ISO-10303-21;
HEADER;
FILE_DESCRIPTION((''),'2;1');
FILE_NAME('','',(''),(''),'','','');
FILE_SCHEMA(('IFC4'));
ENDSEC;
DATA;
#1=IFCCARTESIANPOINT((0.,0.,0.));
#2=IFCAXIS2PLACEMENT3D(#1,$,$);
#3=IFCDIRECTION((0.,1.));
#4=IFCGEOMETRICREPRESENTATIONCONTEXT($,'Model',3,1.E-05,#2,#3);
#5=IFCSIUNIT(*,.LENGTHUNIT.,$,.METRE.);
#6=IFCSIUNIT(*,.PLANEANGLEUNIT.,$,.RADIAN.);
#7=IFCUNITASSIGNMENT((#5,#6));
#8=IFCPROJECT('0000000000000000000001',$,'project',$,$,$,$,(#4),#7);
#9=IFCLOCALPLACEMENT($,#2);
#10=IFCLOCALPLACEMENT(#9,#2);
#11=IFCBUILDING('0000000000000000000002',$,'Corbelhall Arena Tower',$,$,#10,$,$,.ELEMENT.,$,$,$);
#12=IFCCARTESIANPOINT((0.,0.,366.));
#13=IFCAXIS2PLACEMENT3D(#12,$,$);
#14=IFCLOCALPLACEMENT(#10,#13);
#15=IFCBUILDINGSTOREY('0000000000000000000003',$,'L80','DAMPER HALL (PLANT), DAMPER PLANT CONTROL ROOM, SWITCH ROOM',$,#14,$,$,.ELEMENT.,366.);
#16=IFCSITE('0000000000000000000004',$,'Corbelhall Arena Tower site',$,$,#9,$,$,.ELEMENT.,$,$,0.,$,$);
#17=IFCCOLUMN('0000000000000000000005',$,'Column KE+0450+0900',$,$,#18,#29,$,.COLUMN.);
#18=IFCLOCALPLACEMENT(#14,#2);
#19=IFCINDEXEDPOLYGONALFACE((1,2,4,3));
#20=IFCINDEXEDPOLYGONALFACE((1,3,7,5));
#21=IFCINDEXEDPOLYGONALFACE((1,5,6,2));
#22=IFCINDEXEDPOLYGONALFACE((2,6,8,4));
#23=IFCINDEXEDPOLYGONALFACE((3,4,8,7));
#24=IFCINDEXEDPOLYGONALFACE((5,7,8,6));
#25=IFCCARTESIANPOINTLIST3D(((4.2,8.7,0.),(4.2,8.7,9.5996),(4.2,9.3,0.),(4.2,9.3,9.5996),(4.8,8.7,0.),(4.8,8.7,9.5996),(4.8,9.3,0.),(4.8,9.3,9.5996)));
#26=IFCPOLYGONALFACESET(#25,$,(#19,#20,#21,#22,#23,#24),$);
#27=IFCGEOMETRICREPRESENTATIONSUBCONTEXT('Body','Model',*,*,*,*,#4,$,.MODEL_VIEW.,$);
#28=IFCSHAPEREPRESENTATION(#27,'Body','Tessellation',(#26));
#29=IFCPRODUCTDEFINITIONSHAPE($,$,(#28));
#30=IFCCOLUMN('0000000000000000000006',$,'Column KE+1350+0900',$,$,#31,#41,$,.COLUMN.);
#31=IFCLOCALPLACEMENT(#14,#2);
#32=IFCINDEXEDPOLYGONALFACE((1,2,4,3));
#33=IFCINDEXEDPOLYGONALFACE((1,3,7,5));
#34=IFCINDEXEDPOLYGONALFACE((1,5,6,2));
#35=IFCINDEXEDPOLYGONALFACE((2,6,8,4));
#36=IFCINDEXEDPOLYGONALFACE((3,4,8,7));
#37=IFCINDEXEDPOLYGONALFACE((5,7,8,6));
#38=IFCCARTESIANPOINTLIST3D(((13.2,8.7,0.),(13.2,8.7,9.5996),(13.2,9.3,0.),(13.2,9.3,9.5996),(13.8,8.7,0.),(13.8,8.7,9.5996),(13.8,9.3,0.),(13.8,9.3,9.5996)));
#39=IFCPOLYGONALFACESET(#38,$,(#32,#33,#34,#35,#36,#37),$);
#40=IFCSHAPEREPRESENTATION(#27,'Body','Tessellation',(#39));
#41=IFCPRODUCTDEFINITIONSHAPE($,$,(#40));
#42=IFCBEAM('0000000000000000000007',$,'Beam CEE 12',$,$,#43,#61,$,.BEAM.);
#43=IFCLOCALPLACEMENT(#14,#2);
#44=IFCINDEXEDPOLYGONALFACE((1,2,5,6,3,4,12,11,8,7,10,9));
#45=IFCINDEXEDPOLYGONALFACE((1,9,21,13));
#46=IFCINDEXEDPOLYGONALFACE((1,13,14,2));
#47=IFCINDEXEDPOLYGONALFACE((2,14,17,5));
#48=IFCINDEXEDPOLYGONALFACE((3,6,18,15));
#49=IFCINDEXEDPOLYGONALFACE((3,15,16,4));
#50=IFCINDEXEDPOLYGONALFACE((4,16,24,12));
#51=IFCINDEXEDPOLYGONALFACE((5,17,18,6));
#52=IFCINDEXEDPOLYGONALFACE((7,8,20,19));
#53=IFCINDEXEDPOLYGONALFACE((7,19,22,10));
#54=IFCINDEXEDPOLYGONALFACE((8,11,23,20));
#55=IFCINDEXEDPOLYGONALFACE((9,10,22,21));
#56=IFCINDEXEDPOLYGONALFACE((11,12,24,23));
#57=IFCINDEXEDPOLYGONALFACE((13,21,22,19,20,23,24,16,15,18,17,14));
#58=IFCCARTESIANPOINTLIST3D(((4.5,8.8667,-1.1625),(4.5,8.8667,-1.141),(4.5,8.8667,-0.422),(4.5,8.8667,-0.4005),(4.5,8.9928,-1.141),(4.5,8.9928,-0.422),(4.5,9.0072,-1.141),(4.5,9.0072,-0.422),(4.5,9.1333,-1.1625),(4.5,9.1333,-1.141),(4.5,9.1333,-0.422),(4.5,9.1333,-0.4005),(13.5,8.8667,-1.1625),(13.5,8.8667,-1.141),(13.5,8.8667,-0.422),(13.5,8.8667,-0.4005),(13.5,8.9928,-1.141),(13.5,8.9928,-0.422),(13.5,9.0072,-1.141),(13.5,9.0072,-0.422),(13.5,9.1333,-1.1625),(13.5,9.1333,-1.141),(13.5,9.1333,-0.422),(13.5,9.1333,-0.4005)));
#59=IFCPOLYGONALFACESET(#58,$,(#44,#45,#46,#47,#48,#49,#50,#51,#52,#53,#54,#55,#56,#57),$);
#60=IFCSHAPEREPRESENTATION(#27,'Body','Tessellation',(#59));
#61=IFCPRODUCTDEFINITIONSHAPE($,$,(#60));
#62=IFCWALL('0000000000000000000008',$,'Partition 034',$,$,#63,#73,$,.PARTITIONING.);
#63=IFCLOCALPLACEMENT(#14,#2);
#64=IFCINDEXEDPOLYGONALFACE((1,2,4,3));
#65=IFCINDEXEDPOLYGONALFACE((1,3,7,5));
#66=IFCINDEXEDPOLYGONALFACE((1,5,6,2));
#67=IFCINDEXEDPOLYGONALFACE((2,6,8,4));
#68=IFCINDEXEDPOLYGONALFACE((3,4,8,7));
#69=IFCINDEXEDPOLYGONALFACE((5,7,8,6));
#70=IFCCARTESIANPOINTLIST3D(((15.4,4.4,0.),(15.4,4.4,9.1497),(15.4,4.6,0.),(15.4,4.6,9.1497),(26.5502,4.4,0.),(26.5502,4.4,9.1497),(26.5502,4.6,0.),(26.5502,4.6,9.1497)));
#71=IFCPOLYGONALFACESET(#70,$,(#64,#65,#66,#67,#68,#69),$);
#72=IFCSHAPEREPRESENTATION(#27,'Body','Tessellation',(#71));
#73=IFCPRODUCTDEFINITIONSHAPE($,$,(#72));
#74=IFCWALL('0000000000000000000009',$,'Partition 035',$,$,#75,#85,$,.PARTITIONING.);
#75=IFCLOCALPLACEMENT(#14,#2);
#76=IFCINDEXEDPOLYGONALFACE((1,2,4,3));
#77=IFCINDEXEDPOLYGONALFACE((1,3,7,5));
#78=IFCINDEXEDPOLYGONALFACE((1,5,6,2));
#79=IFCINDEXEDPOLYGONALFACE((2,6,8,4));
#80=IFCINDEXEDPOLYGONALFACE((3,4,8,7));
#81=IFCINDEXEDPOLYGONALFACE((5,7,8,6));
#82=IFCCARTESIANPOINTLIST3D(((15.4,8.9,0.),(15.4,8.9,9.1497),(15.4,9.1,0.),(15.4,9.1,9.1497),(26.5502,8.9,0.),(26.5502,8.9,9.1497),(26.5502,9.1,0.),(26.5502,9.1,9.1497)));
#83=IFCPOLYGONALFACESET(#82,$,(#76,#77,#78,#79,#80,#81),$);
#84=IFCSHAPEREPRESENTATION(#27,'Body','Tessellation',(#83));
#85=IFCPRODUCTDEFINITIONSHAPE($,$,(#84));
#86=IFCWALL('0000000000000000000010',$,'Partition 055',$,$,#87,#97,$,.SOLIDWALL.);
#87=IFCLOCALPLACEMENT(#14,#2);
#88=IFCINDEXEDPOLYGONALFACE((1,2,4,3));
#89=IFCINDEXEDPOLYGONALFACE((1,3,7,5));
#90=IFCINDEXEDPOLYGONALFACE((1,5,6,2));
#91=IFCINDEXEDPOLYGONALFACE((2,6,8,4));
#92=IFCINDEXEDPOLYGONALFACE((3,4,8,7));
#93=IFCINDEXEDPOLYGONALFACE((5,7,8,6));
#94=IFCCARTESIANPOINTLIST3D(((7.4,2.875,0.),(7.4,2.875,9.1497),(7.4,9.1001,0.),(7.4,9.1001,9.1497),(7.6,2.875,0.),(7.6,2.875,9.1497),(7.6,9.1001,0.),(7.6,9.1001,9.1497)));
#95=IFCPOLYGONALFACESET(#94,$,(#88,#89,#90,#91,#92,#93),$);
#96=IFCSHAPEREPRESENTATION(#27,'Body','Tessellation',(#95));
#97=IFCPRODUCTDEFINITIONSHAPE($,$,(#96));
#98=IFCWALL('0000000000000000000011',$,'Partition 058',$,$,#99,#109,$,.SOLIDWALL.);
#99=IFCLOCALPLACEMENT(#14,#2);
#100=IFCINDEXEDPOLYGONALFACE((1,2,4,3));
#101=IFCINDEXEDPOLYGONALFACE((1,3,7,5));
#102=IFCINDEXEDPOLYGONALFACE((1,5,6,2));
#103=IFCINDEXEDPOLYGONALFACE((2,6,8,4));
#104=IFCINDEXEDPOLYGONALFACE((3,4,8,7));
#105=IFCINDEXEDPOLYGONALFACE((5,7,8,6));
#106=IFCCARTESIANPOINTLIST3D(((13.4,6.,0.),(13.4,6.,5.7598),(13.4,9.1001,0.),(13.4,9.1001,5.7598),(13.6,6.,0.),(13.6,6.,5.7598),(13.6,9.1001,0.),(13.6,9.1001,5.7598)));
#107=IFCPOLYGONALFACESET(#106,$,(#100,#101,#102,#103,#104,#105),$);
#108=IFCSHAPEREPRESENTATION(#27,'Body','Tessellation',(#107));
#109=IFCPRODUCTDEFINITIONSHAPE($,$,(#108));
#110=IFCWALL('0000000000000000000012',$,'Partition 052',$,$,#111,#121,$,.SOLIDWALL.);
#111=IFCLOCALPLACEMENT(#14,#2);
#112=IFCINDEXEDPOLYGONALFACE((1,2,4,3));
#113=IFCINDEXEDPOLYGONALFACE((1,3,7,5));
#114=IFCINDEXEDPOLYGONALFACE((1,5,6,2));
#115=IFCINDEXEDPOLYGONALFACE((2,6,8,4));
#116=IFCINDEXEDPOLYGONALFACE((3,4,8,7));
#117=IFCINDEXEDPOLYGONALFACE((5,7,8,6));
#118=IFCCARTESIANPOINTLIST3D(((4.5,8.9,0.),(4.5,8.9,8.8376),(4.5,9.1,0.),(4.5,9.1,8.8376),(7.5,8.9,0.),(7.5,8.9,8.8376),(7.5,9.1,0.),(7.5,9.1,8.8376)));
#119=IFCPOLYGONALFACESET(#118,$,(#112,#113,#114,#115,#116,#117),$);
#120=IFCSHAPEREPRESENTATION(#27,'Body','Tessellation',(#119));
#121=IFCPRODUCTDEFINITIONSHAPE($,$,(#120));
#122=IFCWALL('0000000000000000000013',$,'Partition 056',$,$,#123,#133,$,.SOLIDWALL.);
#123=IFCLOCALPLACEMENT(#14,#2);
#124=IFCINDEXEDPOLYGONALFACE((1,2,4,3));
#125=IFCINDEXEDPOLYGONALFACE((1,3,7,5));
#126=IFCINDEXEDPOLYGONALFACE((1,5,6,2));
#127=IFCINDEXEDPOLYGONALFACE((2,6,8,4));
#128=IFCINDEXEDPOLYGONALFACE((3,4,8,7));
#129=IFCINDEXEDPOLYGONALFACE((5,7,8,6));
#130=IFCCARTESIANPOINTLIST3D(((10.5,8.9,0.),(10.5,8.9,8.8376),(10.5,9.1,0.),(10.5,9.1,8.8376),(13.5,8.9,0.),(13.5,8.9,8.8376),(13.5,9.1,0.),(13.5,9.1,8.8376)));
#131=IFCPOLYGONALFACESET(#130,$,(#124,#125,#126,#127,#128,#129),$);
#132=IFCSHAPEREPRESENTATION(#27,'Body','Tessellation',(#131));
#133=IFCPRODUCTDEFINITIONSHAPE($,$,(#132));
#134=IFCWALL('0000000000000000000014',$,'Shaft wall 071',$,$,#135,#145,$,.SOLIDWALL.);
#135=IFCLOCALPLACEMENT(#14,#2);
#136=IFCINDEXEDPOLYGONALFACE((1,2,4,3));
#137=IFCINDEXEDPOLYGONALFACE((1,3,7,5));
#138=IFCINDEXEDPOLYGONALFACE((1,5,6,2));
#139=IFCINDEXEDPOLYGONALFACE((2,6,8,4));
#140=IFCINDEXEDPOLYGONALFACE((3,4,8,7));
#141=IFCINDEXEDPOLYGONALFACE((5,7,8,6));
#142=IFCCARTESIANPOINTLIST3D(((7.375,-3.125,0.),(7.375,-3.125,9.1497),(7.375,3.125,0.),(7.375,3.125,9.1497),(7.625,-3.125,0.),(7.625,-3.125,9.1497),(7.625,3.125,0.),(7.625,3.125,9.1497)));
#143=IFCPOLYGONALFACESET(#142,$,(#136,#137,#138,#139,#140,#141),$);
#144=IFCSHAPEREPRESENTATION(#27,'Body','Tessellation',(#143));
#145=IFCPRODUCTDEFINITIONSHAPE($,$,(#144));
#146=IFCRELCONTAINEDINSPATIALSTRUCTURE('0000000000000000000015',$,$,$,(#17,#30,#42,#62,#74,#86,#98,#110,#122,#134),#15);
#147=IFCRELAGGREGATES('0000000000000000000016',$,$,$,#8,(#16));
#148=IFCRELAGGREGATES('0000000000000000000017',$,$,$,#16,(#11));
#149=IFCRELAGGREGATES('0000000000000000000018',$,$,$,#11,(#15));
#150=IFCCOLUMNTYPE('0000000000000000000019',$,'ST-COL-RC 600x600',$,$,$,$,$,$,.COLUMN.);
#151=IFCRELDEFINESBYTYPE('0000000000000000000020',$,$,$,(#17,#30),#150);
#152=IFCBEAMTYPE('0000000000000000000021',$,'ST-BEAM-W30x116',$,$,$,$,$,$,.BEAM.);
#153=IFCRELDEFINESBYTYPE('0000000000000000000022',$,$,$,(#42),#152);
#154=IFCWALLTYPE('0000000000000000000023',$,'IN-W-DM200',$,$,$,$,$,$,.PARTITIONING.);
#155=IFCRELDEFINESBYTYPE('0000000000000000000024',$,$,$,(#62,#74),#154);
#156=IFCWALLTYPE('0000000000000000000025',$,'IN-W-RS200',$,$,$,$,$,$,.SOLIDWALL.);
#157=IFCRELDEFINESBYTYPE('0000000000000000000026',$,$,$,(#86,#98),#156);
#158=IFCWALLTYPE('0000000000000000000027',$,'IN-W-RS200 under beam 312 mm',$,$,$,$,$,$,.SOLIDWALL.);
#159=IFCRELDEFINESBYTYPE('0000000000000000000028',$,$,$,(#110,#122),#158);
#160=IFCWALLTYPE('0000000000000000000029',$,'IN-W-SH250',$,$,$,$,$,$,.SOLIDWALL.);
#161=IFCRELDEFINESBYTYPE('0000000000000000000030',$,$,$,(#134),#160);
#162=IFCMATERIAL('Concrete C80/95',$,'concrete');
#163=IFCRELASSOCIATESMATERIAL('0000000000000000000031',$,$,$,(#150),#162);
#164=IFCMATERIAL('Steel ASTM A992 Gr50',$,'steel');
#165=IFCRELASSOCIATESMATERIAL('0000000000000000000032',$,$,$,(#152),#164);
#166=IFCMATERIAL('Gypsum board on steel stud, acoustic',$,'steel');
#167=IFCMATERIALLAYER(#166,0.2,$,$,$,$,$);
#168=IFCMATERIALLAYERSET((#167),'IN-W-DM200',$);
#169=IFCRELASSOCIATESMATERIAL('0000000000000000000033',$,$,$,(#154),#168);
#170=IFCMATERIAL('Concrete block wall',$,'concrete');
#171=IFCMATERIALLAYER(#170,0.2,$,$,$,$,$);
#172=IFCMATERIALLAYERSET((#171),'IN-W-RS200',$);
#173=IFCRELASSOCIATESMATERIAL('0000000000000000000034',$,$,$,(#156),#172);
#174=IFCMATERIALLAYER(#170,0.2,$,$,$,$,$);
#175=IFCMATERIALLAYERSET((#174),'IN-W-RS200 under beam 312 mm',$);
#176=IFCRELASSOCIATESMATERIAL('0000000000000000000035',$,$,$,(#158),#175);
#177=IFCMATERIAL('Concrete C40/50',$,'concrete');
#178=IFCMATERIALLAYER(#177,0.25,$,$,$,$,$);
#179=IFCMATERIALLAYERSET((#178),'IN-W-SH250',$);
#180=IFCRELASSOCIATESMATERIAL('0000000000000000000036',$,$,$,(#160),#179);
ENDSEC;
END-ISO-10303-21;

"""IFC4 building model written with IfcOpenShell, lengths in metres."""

from ifc_helpers import new_model, si_unit, direction, frame, frame_2d, origin, origin_2d, place, context, subcontext, project, spatial, rectangle, i_section, extrude, material, layer, layer_set, material_profile, profile_set, type_object, element, save


model = new_model("IFC4")

# Units and contexts
model_context = context("Model", 3, precision=1e-05, world=origin(), true_north=direction((0.0, 1.0)))
body_context = subcontext(model_context, "Body", "Model", "MODEL_VIEW")
ifc_project = project(units=[si_unit("LENGTHUNIT", "METRE"), si_unit("PLANEANGLEUNIT", "RADIAN")], contexts=[model_context])

# Site, building, storey
site_placement = place(None, origin())
site = spatial("IfcSite", under=ifc_project, at=site_placement, Name="Corbelhall Arena Tower site", CompositionType="ELEMENT", RefElevation=0.0)
building_placement = place(site_placement, origin())
building = spatial("IfcBuilding", under=site, at=building_placement, Name="Corbelhall Arena Tower", CompositionType="ELEMENT")
storey_placement = place(building_placement, frame((0.0, 0.0, 366.0)))
storey = spatial("IfcBuildingStorey", under=building, at=storey_placement, Name="L80", Description="DAMPER HALL (PLANT), DAMPER PLANT CONTROL ROOM, SWITCH ROOM", CompositionType="ELEMENT", Elevation=366.0)

# Columns
ifc_material_1 = material(Name="Concrete C80/95", Category="concrete")
ifc_material_profile_1 = material_profile(ifc_material_1, rectangle(XDim=0.6001, YDim=0.6001, at=origin_2d()))
ifc_profile_set_1 = profile_set([ifc_material_profile_1], Name="Concrete C80/95")
column_type = type_object("IfcColumnType", Name="ST-COL-RC 600x600", PredefinedType="COLUMN", material=ifc_profile_set_1)
for number, where, z_axis, x_axis, name in (
    (1, (4.5, 9.0, 0.0), (0.0, 0.0, 1.0), (1.0, 0.0, 0.0), "Column KE+0450+0900"),
    (2, (13.5, 9.0, 0.0), (0.0, 0.0, 1.0), (1.0, 0.0, 0.0), "Column KE+1350+0900"),
):
    element("IfcColumn", number, at=place(storey_placement, frame(where, z_axis=z_axis, x_axis=x_axis)), inside=storey, type_object=column_type, Name=name, PredefinedType="COLUMN", context=body_context, shape_type="SweptSolid", body=[
        extrude(rectangle(XDim=0.6001, YDim=0.6001, at=origin_2d()), origin(), (0.0, 0.0, 1.0), 9.5996),
    ])

# Beam
ifc_material_2 = material(Name="Steel ASTM A992 Gr50", Category="steel")
ifc_material_profile_2 = material_profile(ifc_material_2, i_section(OverallWidth=0.2666, OverallDepth=0.762, WebThickness=0.0144, FlangeThickness=0.0215, at=origin_2d()))
ifc_profile_set_2 = profile_set([ifc_material_profile_2], Name="Steel ASTM A992 Gr50")
beam_type = type_object("IfcBeamType", Name="ST-BEAM-W30x116", PredefinedType="BEAM", material=ifc_profile_set_2)
beam_placement = place(storey_placement, frame((4.5, 9.0, -0.7815), z_axis=(1.0, 0.0, 0.0), x_axis=(0.0, 1.0, 0.0)))
element("IfcBeam", 3, at=beam_placement, inside=storey, type_object=beam_type, Name="Beam CEE 12", PredefinedType="BEAM", context=body_context, shape_type="SweptSolid", body=[
    extrude(i_section(OverallWidth=0.2666, OverallDepth=0.762, WebThickness=0.0144, FlangeThickness=0.0215, at=origin_2d()), origin(), (0.0, 0.0, 1.0), 9.0),
])

# Walls
ifc_material_3 = material(Name="Gypsum board on steel stud, acoustic", Category="steel")
ifc_layer_1 = layer(ifc_material_3, 0.2)
ifc_layer_set_1 = layer_set([ifc_layer_1], Name="IN-W-DM200")
wall_type_1 = type_object("IfcWallType", Name="IN-W-DM200", PredefinedType="PARTITIONING", material=ifc_layer_set_1)
for number, where, z_axis, x_axis, name in (
    (4, (15.3999, 4.5, 0.0), (0.0, 0.0, 1.0), (1.0, 0.0, 0.0), "Partition 034"),
    (5, (15.3999, 9.0, 0.0), (0.0, 0.0, 1.0), (1.0, 0.0, 0.0), "Partition 035"),
):
    element("IfcWall", number, at=place(storey_placement, frame(where, z_axis=z_axis, x_axis=x_axis)), inside=storey, type_object=wall_type_1, Name=name, PredefinedType="PARTITIONING", context=body_context, shape_type="SweptSolid", body=[
        extrude(rectangle(XDim=11.1501, YDim=0.2, at=frame_2d((5.5752, 0.0))), origin(), (0.0, 0.0, 1.0), 9.1497),
    ])
ifc_material_4 = material(Name="Concrete block wall", Category="concrete")
ifc_layer_2 = layer(ifc_material_4, 0.2)
ifc_layer_set_2 = layer_set([ifc_layer_2], Name="IN-W-RS200")
wall_type_2 = type_object("IfcWallType", Name="IN-W-RS200", PredefinedType="SOLIDWALL", material=ifc_layer_set_2)
wall_1_placement = place(storey_placement, frame((7.5, 9.1001, 0.0), z_axis=(0.0, 0.0, 1.0), x_axis=(0.0, -1.0, 0.0)))
element("IfcWall", 6, at=wall_1_placement, inside=storey, type_object=wall_type_2, Name="Partition 055", PredefinedType="SOLIDWALL", context=body_context, shape_type="SweptSolid", body=[
    extrude(rectangle(XDim=6.2251, YDim=0.2, at=frame_2d((3.1125, 0.0))), origin(), (0.0, 0.0, 1.0), 9.1497),
])

# Walls
wall_2_placement = place(storey_placement, frame((13.5, 9.1001, 0.0), z_axis=(0.0, 0.0, 1.0), x_axis=(0.0, -1.0, 0.0)))
element("IfcWall", 7, at=wall_2_placement, inside=storey, type_object=wall_type_2, Name="Partition 058", PredefinedType="SOLIDWALL", context=body_context, shape_type="SweptSolid", body=[
    extrude(rectangle(XDim=3.1001, YDim=0.2, at=frame_2d((1.55, 0.0))), origin(), (0.0, 0.0, 1.0), 5.7598),
])
ifc_layer_3 = layer(ifc_material_4, 0.2)
ifc_layer_set_3 = layer_set([ifc_layer_3], Name="IN-W-RS200 under beam 312 mm")
wall_type_3 = type_object("IfcWallType", Name="IN-W-RS200 under beam 312 mm", PredefinedType="SOLIDWALL", material=ifc_layer_set_3)
for number, where, z_axis, x_axis, name in (
    (8, (4.5, 9.0, 0.0), (0.0, 0.0, 1.0), (1.0, 0.0, 0.0), "Partition 052"),
    (9, (10.5, 9.0, 0.0), (0.0, 0.0, 1.0), (1.0, 0.0, 0.0), "Partition 056"),
):
    element("IfcWall", number, at=place(storey_placement, frame(where, z_axis=z_axis, x_axis=x_axis)), inside=storey, type_object=wall_type_3, Name=name, PredefinedType="SOLIDWALL", context=body_context, shape_type="SweptSolid", body=[
        extrude(rectangle(XDim=3.0, YDim=0.2, at=frame_2d((1.5, 0.0))), origin(), (0.0, 0.0, 1.0), 8.8376),
    ])
ifc_material_5 = material(Name="Concrete C40/50", Category="concrete")
ifc_layer_4 = layer(ifc_material_5, 0.25)
ifc_layer_set_4 = layer_set([ifc_layer_4], Name="IN-W-SH250")
wall_type_4 = type_object("IfcWallType", Name="IN-W-SH250", PredefinedType="SOLIDWALL", material=ifc_layer_set_4)
wall_3_placement = place(storey_placement, frame((7.5, 3.125, 0.0), z_axis=(0.0, 0.0, 1.0), x_axis=(0.0, -1.0, 0.0)))
element("IfcWall", 10, at=wall_3_placement, inside=storey, type_object=wall_type_4, Name="Shaft wall 071", PredefinedType="SOLIDWALL", context=body_context, shape_type="SweptSolid", body=[
    extrude(rectangle(XDim=6.25, YDim=0.25, at=frame_2d((3.125, 0.0))), origin(), (0.0, 0.0, 1.0), 9.1497),
])

save(model, "model.ifc")
